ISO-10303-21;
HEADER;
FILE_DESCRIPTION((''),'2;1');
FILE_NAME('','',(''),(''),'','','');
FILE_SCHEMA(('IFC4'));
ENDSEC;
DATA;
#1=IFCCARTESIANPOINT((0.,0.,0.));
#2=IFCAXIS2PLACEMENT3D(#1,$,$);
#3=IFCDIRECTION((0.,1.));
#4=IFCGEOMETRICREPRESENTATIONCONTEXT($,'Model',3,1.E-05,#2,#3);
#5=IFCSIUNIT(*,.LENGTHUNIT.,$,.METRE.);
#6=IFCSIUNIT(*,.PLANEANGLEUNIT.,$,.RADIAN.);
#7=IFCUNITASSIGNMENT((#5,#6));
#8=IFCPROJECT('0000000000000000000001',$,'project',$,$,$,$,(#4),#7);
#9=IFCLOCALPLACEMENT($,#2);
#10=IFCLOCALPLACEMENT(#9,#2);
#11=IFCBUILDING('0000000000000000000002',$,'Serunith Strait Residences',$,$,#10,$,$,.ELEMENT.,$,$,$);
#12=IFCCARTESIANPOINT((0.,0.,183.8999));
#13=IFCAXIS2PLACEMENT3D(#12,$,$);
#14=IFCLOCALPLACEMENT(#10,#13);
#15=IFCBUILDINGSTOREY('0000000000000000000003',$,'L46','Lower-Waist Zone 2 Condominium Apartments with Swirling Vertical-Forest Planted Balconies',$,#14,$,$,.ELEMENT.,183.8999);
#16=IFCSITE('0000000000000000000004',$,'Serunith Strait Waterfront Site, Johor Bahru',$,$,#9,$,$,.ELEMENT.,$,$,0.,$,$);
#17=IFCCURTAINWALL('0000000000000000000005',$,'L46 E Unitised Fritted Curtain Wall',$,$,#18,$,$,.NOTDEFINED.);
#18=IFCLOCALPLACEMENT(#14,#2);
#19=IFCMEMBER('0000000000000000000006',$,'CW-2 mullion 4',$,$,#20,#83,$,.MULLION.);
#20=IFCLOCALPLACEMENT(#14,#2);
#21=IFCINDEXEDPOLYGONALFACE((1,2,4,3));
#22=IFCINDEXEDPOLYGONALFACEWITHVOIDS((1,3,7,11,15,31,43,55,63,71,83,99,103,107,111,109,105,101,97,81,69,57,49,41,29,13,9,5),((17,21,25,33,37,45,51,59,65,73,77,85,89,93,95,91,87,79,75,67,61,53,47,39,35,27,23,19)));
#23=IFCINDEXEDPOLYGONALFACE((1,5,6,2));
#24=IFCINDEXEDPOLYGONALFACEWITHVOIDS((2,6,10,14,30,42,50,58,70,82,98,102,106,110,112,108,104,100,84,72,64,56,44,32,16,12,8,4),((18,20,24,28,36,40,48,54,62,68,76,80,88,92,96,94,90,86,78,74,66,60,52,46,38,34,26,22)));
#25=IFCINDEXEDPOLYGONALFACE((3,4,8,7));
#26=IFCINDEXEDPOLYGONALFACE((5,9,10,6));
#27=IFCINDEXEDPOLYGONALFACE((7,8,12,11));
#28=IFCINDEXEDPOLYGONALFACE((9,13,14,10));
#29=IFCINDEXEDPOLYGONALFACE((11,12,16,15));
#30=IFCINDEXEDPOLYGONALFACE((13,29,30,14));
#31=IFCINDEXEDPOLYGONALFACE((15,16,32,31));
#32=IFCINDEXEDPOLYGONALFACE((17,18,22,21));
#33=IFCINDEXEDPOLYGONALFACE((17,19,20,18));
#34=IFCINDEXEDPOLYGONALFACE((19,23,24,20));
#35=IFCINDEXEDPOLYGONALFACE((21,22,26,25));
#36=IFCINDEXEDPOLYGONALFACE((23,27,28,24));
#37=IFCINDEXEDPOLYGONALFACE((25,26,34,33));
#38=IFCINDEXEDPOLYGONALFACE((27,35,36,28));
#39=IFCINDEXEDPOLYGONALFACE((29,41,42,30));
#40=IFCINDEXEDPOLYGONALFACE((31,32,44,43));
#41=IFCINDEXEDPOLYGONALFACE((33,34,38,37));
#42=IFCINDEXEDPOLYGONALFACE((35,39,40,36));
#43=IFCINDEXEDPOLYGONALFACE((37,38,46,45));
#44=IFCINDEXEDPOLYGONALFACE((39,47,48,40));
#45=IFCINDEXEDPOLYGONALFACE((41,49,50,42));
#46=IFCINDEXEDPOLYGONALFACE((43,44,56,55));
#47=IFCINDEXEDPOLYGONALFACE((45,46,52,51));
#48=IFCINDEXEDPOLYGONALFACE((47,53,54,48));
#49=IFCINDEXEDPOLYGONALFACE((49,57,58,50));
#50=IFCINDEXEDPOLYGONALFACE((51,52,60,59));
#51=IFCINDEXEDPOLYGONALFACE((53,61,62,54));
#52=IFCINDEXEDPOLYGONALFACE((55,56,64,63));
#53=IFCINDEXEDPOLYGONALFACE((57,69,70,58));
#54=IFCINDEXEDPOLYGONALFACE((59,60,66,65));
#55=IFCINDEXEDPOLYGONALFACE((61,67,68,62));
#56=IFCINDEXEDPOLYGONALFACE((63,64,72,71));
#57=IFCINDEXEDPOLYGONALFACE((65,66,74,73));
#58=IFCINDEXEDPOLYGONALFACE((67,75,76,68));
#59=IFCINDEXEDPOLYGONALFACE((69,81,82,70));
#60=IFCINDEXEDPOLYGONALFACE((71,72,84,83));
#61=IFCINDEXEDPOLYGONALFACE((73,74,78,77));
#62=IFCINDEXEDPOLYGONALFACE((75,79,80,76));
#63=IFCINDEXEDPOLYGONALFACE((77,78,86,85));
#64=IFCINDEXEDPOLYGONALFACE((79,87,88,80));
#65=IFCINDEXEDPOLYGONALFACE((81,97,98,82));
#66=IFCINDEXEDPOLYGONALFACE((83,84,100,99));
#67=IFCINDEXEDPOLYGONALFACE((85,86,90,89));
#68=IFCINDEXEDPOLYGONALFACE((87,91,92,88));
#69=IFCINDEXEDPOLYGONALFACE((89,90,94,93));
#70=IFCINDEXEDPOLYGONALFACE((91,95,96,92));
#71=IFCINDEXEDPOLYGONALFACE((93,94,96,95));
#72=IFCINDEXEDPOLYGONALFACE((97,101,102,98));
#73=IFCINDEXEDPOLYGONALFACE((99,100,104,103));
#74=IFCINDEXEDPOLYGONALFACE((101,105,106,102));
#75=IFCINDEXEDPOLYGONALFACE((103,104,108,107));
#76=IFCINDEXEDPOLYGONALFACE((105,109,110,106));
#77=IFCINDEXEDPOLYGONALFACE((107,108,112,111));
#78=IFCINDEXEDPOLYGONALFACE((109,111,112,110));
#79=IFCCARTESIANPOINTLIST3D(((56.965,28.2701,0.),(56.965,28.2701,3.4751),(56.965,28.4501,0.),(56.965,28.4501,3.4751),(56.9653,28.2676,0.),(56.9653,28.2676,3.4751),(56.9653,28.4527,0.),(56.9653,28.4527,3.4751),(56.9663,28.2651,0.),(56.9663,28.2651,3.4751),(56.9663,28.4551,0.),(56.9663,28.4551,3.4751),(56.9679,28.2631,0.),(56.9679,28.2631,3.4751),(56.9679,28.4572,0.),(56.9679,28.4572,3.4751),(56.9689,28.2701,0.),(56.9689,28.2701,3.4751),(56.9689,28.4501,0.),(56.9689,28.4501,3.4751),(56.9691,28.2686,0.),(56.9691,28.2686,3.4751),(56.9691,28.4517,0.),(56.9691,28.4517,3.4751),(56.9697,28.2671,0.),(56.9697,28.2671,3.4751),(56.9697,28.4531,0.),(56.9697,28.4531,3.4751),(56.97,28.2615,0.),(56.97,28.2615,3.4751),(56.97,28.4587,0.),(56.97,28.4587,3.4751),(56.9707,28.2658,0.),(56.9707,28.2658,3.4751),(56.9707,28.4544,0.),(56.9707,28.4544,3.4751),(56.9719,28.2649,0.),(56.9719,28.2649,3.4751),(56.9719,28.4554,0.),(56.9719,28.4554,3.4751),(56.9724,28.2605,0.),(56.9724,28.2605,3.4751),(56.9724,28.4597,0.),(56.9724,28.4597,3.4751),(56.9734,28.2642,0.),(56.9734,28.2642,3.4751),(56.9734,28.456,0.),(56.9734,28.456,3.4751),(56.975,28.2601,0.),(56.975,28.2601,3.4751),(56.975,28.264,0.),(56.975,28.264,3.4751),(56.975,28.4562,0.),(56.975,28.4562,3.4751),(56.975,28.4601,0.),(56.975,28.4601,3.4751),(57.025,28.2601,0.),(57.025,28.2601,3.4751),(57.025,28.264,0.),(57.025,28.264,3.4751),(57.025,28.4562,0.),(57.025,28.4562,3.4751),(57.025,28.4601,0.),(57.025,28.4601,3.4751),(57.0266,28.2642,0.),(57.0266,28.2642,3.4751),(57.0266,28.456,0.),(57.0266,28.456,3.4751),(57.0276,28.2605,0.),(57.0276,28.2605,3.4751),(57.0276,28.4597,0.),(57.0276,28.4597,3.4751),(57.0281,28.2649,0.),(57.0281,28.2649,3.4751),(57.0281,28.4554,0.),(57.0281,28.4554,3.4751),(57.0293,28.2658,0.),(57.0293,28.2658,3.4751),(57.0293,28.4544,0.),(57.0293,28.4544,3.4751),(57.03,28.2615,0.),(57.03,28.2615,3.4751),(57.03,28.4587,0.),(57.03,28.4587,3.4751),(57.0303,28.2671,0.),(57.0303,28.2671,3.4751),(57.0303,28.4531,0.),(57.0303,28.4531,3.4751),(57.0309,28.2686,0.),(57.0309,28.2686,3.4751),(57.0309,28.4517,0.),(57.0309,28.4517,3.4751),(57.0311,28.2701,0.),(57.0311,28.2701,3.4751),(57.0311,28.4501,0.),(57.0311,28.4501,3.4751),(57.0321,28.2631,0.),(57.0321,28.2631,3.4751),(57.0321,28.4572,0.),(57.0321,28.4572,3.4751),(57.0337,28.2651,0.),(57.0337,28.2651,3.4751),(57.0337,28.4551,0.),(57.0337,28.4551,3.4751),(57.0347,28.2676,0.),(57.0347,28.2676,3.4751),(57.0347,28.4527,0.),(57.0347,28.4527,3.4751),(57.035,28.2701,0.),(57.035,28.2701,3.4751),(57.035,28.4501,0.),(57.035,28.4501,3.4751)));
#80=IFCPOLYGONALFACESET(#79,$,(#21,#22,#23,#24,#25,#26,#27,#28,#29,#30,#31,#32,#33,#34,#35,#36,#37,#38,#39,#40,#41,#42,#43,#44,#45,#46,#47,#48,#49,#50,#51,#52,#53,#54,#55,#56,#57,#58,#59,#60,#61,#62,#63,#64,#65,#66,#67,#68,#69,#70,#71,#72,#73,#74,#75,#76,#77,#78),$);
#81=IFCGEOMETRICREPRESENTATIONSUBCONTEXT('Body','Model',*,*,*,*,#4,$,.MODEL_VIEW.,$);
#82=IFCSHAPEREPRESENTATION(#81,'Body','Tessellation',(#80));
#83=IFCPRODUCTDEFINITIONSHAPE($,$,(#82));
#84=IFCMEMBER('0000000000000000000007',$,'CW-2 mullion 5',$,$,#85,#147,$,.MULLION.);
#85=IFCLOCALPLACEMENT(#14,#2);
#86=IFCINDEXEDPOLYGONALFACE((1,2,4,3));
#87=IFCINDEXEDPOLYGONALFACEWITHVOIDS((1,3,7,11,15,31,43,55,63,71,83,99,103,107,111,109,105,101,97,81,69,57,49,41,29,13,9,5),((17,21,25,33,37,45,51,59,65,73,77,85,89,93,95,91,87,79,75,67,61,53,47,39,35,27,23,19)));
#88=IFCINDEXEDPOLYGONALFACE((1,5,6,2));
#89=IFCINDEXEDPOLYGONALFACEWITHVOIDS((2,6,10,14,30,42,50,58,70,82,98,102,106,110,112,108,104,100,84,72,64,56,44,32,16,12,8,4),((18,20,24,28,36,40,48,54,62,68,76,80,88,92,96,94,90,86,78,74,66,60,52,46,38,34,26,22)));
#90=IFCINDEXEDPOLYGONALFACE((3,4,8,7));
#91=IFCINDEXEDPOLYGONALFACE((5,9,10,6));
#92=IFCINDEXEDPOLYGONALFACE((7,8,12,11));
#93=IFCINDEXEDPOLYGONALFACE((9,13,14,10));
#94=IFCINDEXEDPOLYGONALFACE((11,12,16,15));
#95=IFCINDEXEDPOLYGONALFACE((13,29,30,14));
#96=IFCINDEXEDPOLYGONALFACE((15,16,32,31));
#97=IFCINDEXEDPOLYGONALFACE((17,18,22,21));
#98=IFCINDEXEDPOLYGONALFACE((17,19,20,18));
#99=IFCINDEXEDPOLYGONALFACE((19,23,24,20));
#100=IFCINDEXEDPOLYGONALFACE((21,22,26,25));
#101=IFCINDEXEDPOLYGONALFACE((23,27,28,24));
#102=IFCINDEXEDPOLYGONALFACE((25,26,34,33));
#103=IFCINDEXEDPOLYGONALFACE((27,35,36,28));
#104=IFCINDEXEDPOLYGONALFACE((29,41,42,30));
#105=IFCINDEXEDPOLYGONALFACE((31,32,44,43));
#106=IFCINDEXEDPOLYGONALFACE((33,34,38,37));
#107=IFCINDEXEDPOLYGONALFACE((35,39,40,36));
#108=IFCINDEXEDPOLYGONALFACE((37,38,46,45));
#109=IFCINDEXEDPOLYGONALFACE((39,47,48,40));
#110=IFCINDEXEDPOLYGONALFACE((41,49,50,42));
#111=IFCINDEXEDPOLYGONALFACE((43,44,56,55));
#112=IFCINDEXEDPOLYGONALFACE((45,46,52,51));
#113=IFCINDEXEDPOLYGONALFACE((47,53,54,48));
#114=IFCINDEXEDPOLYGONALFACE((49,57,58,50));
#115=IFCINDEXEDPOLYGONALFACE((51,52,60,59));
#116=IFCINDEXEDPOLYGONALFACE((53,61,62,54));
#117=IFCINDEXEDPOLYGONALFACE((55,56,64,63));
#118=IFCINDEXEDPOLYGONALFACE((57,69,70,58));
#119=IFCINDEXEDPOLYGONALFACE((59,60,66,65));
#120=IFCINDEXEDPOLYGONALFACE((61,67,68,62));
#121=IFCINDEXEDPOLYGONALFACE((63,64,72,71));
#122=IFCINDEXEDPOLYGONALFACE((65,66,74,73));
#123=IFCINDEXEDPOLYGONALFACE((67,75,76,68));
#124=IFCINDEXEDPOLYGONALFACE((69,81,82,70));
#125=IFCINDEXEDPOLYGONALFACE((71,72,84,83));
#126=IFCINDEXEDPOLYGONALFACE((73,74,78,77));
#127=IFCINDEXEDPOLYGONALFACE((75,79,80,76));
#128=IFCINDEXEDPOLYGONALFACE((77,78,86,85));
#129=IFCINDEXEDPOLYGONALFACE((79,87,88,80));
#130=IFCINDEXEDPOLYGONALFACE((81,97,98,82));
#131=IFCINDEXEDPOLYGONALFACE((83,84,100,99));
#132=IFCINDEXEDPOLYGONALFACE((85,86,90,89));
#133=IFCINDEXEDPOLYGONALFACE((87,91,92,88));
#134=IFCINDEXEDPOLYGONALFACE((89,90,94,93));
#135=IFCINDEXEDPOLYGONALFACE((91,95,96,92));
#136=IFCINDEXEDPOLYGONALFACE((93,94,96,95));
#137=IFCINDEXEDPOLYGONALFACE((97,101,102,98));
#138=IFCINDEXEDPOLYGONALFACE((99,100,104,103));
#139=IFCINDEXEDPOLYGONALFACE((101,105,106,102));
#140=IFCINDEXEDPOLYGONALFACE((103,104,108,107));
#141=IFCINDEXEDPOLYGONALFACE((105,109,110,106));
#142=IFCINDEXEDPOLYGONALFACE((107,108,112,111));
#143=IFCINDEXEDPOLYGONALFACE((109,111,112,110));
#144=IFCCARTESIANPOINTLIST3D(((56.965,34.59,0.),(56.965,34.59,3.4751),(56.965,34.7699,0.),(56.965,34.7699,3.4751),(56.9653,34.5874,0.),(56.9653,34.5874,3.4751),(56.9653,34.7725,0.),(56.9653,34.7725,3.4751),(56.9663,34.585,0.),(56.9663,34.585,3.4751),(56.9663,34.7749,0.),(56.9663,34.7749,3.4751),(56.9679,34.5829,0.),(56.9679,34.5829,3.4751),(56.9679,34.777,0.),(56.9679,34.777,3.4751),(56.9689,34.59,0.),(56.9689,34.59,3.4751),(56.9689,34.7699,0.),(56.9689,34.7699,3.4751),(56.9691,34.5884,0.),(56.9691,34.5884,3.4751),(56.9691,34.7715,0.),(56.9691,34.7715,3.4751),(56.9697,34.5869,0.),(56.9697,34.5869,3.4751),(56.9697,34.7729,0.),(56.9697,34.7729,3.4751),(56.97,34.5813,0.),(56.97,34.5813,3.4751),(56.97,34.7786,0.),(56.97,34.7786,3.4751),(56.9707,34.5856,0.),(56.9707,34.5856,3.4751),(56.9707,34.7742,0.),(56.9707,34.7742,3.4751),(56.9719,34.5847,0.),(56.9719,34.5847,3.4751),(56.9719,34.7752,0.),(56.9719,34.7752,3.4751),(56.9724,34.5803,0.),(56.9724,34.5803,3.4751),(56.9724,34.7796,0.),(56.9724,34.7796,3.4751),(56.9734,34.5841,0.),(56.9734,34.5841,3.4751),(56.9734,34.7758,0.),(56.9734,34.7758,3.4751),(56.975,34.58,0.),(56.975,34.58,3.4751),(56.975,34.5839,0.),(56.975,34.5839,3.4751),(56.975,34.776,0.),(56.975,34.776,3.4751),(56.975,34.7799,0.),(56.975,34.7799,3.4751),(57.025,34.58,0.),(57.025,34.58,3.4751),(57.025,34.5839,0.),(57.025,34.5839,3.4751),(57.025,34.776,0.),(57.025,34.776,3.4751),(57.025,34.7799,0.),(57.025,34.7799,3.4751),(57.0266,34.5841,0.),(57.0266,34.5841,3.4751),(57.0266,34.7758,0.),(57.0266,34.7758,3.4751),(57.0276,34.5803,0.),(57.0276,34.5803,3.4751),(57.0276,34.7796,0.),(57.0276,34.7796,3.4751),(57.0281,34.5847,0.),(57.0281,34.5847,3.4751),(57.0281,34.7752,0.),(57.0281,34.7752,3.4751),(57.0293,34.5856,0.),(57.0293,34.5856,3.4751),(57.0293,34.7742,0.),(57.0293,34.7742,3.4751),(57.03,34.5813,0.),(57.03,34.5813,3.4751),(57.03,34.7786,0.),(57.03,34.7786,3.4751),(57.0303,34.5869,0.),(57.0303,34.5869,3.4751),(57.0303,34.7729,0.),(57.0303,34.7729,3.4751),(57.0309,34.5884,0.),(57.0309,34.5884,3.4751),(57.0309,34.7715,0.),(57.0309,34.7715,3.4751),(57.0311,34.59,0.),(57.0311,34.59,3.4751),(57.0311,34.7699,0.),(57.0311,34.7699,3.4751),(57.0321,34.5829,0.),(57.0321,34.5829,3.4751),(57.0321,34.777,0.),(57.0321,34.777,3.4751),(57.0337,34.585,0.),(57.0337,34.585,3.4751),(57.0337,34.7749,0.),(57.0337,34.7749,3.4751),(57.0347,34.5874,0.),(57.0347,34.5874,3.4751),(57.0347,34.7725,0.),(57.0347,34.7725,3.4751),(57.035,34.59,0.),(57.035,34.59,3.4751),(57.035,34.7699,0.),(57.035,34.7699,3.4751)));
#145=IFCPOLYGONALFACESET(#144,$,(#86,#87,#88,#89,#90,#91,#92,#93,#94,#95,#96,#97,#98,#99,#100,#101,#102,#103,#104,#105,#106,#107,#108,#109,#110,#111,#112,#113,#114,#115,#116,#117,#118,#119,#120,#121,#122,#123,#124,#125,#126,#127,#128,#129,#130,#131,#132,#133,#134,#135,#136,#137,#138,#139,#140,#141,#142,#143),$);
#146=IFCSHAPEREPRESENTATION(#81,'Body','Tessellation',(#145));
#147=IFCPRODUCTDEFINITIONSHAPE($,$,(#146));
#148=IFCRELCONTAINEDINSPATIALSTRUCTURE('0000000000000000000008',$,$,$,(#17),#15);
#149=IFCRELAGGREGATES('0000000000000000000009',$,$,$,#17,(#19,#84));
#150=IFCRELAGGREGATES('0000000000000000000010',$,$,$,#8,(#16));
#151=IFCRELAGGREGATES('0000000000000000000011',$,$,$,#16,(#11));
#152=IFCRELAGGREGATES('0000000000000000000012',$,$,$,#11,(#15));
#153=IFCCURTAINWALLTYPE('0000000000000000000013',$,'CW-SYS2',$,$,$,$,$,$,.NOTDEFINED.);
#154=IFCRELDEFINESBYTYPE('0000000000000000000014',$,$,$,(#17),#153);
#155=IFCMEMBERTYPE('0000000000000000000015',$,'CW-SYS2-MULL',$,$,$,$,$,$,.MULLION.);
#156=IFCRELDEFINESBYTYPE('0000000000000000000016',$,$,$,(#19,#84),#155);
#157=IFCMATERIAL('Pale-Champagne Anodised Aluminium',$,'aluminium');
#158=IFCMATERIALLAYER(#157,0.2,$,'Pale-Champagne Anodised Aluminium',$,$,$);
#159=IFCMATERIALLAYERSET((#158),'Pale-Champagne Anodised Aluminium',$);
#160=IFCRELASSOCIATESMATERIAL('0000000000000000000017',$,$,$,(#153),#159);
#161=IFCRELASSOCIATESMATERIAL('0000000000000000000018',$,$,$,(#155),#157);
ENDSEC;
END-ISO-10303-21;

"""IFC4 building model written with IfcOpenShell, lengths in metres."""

from ifc_helpers import new_model, si_unit, direction, frame, origin, origin_2d, place, context, subcontext, project, spatial, hollow_rectangle, extrude, source, transform, mapped, material, layer, layer_set, material_profile, profile_set, type_object, element, aggregate, save


model = new_model("IFC4")

# Units and contexts
model_context = context("Model", 3, precision=1e-05, world=origin(), true_north=direction((0.0, 1.0)))
body_context = subcontext(model_context, "Body", "Model", "MODEL_VIEW")
ifc_project = project(units=[si_unit("LENGTHUNIT", "METRE"), si_unit("PLANEANGLEUNIT", "RADIAN")], contexts=[model_context])

# Site, building, storey
site_placement = place(None, origin())
site = spatial("IfcSite", under=ifc_project, at=site_placement, Name="Serunith Strait Waterfront Site, Johor Bahru", CompositionType="ELEMENT", RefElevation=0.0)
building_placement = place(site_placement, origin())
building = spatial("IfcBuilding", under=site, at=building_placement, Name="Serunith Strait Residences", CompositionType="ELEMENT")
storey_placement = place(building_placement, frame((0.0, 0.0, 183.8999)))
storey = spatial("IfcBuildingStorey", under=building, at=storey_placement, Name="L46", Description="Lower-Waist Zone 2 Condominium Apartments with Swirling Vertical-Forest Planted Balconies", CompositionType="ELEMENT", Elevation=183.8999)

# Curtain wall, members
ifc_material_1 = material(Name="Pale-Champagne Anodised Aluminium", Category="aluminium")
ifc_layer_1 = layer(ifc_material_1, 0.2, Name="Pale-Champagne Anodised Aluminium")
ifc_layer_set_1 = layer_set([ifc_layer_1], Name="Pale-Champagne Anodised Aluminium")
curtain_wall_type = type_object("IfcCurtainWallType", Name="CW-SYS2", PredefinedType="NOTDEFINED", material=ifc_layer_set_1)
curtain_wall_placement = place(storey_placement, origin())
curtain_wall = element("IfcCurtainWall", 1, at=curtain_wall_placement, inside=storey, type_object=curtain_wall_type, Name="L46 E Unitised Fritted Curtain Wall", PredefinedType="NOTDEFINED")
ifc_material_profile_1 = material_profile(ifc_material_1, hollow_rectangle(XDim=0.0701, YDim=0.2, WallThickness=0.0039, InnerFilletRadius=0.0061, OuterFilletRadius=0.01, at=origin_2d()), Name="ALU 200x70x4")
ifc_profile_set_1 = profile_set([ifc_material_profile_1], Name="Pale-Champagne Anodised Aluminium")
member_type_1 = type_object("IfcMemberType", Name="CW-SYS2-MULL", PredefinedType="MULLION", material=ifc_profile_set_1)
shared_shape_1 = source(origin(), body_context, "Body", "SweptSolid", [
    extrude(hollow_rectangle(XDim=0.0701, YDim=0.2, WallThickness=0.0039, InnerFilletRadius=0.0061, OuterFilletRadius=0.01, at=origin_2d()), origin(), (0.0, 0.0, 1.0), 3.4751),
])
member_1_placement = place(storey_placement, frame((57.0, 28.3601, 0.0), z_axis=(0.0, 0.0, 1.0), x_axis=(-1.0, 0.0, 0.0)))
member_1 = element("IfcMember", 2, at=member_1_placement, type_object=member_type_1, Name="CW-2 mullion 4", PredefinedType="MULLION", context=body_context, shape_type="MappedRepresentation", body=[
    mapped(shared_shape_1, transform((0.0, 0.0, 0.0), scale=1.0)),
])
member_2_placement = place(storey_placement, frame((57.0, 34.6799, 0.0), z_axis=(0.0, 0.0, 1.0), x_axis=(-1.0, 0.0, 0.0)))
member_2 = element("IfcMember", 3, at=member_2_placement, type_object=member_type_1, Name="CW-2 mullion 5", PredefinedType="MULLION", context=body_context, shape_type="MappedRepresentation", body=[
    mapped(shared_shape_1, transform((0.0, 0.0, 0.0), scale=1.0)),
])
aggregate(curtain_wall, [member_1, member_2])

save(model, "model.ifc")
